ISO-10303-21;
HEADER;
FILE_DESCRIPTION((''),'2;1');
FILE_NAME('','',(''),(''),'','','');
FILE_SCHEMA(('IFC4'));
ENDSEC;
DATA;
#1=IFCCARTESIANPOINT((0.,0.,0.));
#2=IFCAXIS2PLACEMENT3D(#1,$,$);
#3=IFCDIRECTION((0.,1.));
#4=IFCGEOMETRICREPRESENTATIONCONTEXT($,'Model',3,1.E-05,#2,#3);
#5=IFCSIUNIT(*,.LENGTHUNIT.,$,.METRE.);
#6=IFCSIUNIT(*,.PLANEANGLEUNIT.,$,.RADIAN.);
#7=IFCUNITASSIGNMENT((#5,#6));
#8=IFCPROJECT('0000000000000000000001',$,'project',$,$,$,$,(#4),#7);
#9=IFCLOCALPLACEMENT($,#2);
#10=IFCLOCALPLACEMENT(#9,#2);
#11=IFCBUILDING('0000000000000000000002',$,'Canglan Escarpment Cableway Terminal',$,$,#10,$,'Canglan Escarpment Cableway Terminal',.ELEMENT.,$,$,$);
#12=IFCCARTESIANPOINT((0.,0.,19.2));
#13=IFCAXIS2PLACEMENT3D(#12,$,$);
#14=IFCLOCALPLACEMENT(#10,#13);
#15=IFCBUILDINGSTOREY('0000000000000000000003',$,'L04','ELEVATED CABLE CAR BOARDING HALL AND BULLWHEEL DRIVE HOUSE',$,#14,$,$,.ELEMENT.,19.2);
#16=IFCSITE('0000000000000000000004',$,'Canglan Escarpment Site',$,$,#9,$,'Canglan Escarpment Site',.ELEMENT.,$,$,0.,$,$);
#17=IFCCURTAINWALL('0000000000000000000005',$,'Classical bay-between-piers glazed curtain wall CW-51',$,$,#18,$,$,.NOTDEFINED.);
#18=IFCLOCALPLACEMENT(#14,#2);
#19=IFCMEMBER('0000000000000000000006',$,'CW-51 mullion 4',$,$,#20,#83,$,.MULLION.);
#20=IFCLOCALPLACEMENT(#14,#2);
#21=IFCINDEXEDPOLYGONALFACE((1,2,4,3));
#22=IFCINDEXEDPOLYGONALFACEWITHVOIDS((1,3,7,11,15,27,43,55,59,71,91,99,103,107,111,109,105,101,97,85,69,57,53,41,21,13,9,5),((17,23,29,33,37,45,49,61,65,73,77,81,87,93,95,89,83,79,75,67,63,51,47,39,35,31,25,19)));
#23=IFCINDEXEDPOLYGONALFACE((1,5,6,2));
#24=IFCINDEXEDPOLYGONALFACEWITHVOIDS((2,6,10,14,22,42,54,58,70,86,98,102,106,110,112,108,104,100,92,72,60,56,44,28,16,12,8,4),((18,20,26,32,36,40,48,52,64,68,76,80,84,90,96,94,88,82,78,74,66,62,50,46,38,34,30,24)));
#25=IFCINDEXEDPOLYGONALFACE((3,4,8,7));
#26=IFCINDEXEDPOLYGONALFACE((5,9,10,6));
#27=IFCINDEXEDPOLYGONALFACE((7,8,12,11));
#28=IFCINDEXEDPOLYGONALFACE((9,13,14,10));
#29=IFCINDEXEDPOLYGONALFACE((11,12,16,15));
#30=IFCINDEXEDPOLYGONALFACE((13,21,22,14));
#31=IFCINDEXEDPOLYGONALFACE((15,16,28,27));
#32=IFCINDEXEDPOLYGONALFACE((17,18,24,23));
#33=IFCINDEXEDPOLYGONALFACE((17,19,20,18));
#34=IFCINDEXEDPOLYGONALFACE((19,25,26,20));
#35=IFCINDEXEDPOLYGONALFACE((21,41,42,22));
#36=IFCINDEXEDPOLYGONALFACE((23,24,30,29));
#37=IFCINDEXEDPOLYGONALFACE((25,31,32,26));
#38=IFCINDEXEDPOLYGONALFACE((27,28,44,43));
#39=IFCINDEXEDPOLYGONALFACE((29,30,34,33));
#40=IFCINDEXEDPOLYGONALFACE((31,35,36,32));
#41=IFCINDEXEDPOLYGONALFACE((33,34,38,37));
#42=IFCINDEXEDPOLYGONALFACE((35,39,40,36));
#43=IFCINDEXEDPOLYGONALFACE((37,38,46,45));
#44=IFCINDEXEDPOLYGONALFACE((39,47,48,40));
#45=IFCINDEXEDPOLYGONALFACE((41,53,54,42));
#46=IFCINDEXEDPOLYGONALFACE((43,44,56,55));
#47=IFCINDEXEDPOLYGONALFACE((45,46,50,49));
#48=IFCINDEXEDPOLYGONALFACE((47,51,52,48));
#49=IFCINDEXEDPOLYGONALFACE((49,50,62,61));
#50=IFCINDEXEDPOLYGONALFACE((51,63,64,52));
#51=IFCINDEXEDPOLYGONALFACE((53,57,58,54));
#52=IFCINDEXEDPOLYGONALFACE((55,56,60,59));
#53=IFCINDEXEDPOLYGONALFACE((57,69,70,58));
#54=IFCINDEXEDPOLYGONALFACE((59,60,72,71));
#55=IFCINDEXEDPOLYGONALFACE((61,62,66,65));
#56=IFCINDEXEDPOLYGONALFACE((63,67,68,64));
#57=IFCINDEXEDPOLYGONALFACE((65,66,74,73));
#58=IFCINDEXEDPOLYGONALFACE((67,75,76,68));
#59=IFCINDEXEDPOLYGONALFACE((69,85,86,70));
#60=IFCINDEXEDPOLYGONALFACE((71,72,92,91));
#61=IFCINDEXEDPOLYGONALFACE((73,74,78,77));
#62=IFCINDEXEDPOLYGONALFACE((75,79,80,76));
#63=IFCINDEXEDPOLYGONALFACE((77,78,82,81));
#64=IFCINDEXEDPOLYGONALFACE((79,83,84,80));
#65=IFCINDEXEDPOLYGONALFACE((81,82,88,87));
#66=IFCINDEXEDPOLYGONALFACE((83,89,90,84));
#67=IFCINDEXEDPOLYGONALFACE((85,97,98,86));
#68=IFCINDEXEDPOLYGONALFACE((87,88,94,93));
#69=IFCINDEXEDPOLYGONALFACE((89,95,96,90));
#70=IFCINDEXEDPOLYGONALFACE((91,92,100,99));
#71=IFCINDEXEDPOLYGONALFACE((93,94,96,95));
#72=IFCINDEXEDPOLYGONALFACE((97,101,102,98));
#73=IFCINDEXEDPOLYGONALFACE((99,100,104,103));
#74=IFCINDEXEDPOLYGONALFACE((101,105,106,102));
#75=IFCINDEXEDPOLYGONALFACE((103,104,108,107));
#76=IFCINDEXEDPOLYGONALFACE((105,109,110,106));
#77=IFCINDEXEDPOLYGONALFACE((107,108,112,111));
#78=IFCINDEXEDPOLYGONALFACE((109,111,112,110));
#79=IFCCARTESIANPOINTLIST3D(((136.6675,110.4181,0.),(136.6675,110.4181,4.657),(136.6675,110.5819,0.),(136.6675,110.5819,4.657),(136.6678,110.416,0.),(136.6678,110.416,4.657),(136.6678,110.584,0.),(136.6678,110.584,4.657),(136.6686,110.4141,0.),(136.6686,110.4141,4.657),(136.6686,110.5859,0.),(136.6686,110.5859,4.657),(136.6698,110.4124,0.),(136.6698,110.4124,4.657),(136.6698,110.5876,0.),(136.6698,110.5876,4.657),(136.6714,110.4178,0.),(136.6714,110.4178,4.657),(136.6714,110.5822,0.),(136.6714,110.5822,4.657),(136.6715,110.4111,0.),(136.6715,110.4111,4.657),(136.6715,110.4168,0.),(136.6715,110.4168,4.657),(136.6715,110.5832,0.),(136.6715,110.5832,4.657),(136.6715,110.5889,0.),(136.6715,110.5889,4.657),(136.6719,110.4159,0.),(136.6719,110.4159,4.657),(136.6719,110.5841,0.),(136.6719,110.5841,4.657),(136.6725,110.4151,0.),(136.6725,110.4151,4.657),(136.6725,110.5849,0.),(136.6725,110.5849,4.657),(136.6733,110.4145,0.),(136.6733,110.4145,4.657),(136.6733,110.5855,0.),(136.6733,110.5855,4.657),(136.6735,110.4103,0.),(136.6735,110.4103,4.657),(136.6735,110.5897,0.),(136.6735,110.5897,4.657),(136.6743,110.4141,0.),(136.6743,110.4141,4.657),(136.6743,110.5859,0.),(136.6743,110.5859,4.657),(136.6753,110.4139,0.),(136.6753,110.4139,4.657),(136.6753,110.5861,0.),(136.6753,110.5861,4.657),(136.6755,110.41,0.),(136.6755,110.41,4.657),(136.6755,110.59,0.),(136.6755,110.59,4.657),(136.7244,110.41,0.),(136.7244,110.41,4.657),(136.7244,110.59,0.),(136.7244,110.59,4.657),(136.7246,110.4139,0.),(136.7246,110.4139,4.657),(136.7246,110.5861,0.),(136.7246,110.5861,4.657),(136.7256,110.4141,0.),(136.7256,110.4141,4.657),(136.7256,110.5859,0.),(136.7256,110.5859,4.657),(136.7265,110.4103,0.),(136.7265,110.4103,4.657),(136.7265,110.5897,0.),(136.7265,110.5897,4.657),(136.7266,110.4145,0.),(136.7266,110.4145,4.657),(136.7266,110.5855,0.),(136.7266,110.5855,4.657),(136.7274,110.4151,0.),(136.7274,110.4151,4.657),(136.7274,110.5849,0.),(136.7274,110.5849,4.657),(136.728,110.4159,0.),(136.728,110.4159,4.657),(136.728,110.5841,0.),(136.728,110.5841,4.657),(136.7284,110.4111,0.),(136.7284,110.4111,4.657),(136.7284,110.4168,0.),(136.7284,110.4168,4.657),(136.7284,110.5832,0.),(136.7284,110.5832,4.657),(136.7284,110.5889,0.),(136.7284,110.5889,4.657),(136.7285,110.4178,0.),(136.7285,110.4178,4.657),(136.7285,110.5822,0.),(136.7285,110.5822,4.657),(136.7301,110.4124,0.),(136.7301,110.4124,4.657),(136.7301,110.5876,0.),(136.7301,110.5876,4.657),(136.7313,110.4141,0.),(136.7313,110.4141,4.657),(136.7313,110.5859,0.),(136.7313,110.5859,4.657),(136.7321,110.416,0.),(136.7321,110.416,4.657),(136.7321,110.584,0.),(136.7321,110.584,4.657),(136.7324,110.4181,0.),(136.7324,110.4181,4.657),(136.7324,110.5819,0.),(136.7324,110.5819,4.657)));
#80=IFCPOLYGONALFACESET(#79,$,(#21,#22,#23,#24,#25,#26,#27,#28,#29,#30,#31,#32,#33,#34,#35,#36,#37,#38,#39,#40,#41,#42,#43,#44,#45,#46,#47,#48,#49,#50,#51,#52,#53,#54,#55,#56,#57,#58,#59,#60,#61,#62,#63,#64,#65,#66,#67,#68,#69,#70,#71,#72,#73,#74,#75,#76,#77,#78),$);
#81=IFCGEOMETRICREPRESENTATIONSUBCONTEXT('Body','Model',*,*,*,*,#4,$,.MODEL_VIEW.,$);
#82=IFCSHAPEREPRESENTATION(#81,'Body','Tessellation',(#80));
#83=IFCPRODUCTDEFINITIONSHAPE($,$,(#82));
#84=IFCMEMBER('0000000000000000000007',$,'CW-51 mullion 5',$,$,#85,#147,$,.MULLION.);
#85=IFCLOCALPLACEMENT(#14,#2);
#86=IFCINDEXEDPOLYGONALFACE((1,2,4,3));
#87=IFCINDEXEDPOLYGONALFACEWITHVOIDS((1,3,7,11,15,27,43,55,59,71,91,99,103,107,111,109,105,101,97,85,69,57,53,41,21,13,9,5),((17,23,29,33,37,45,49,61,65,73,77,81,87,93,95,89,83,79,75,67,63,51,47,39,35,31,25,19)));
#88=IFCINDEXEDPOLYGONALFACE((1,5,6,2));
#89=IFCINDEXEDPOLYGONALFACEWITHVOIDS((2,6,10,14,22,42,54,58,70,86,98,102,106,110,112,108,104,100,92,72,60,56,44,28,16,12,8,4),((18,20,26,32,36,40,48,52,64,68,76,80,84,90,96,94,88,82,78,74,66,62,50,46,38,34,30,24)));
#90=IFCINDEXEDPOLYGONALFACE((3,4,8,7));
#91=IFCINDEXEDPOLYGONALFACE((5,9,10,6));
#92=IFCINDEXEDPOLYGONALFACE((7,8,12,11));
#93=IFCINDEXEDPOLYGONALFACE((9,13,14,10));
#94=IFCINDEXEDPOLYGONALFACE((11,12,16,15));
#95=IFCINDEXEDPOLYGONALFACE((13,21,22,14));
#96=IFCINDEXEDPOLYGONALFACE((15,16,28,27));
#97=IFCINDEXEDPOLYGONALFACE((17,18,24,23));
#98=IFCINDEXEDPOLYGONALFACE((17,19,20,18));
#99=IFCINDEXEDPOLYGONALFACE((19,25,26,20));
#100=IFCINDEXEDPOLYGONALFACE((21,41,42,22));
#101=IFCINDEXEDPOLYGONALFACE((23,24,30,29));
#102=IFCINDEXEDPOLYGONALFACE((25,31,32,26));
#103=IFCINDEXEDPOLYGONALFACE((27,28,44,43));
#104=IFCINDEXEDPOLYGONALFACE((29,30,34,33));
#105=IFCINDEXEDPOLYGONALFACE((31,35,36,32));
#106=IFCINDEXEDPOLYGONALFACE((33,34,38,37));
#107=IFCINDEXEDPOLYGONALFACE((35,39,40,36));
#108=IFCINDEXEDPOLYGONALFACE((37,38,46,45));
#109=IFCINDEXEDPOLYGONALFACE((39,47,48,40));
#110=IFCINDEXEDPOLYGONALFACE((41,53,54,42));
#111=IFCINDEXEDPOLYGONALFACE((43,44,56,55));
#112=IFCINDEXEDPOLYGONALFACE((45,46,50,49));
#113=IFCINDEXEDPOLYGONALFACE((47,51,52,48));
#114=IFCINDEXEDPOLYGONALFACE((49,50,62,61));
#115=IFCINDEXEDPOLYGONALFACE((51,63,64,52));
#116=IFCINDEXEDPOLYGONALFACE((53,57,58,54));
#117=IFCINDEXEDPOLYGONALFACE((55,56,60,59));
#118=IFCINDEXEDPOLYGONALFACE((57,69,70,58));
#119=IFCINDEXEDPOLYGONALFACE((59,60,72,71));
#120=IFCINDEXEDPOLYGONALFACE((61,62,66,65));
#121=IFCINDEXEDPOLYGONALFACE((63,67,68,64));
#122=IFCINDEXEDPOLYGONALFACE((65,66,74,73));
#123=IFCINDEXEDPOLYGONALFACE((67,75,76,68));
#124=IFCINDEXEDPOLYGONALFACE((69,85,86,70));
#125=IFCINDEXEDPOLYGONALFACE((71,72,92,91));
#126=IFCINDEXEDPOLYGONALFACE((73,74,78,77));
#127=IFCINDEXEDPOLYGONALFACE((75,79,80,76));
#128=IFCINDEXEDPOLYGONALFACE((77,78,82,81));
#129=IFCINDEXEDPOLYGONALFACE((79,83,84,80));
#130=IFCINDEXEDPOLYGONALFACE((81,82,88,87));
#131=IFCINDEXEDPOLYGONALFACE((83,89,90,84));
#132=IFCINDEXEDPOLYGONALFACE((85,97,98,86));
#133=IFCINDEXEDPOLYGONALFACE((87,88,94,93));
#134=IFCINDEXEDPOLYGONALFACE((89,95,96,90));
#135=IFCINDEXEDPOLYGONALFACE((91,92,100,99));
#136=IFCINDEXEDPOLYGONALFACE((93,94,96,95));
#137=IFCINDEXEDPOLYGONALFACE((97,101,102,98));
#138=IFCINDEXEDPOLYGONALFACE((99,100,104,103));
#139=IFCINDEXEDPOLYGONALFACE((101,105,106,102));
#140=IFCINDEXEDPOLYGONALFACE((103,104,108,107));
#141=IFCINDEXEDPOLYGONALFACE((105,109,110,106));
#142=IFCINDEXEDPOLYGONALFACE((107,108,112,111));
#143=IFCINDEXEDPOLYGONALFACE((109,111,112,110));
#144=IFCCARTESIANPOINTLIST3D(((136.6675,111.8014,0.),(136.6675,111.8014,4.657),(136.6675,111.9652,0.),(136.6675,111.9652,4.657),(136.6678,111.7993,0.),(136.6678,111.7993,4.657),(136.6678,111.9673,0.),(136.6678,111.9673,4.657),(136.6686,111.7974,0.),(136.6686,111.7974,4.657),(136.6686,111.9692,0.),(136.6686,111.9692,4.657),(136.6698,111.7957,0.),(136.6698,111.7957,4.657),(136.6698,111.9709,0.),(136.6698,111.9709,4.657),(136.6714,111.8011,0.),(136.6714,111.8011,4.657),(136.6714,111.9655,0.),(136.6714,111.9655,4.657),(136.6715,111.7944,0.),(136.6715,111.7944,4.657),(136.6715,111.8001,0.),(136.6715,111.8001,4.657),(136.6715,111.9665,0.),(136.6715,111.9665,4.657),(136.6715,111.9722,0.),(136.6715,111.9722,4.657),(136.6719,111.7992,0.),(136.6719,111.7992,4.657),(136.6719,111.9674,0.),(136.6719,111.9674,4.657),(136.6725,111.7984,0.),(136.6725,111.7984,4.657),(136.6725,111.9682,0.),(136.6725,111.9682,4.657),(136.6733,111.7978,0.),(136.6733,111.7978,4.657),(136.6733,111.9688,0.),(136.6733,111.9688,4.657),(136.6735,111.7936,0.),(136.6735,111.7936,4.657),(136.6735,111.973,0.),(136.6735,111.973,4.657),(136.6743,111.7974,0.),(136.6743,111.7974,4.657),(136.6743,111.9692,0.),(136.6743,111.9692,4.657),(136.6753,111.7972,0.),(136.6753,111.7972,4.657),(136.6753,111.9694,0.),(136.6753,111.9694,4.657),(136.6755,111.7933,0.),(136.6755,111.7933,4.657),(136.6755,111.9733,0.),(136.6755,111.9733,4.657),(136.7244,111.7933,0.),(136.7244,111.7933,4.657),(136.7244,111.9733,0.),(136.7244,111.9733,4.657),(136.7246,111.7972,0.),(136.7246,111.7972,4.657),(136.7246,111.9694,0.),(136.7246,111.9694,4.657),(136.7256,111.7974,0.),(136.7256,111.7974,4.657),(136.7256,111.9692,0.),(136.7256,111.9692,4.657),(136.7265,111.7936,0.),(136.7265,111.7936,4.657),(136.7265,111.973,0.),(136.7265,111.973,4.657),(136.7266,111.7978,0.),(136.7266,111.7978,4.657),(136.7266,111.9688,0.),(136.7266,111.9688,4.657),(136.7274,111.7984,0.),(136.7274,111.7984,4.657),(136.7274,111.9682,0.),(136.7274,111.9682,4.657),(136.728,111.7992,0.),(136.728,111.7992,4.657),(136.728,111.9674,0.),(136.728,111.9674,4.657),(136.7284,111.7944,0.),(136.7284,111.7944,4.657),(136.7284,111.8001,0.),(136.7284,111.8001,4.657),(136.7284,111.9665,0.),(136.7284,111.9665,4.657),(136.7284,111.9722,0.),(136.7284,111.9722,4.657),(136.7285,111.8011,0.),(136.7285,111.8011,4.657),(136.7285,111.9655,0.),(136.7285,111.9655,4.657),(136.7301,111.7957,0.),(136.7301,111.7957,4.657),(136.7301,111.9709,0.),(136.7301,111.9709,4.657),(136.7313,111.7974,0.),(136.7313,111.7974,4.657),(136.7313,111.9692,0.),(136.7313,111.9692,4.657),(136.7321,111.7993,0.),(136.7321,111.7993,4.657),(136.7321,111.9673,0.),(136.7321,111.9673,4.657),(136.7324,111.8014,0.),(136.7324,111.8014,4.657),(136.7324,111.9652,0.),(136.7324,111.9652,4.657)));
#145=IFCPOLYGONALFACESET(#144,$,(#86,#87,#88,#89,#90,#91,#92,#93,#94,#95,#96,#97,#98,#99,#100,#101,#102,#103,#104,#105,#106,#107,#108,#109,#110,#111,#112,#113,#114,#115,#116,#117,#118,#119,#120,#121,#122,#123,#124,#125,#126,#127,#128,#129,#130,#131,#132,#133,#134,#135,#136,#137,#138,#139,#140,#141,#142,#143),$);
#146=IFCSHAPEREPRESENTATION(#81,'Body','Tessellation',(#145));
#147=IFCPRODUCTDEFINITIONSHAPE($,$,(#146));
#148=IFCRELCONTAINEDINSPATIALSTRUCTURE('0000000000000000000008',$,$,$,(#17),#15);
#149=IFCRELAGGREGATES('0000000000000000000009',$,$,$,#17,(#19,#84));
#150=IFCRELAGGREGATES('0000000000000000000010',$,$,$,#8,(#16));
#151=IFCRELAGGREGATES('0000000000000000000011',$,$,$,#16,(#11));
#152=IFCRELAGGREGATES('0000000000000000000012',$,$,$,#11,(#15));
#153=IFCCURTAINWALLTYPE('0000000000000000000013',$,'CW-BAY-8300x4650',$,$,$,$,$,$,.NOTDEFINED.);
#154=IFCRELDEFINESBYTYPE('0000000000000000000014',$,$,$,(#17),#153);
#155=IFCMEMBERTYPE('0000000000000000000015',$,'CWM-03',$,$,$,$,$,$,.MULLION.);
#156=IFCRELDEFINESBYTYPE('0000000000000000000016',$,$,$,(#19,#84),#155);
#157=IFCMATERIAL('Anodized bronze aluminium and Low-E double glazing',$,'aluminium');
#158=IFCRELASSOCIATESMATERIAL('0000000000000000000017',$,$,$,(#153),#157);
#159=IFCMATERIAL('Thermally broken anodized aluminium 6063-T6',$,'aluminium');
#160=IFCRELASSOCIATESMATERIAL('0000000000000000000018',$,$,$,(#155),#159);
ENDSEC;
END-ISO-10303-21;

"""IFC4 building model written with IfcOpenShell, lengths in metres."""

from ifc_helpers import new_model, si_unit, direction, frame, origin, origin_2d, place, context, subcontext, project, spatial, hollow_rectangle, extrude, material, material_profile, profile_set, type_object, element, aggregate, save


model = new_model("IFC4")

# Units and contexts
model_context = context("Model", 3, precision=1e-05, world=origin(), true_north=direction((0.0, 1.0)))
body_context = subcontext(model_context, "Body", "Model", "MODEL_VIEW")
ifc_project = project(units=[si_unit("LENGTHUNIT", "METRE"), si_unit("PLANEANGLEUNIT", "RADIAN")], contexts=[model_context])

# Site, building, storey
site_placement = place(None, origin())
site = spatial("IfcSite", under=ifc_project, at=site_placement, Name="Canglan Escarpment Site", LongName="Canglan Escarpment Site", CompositionType="ELEMENT", RefElevation=0.0)
building_placement = place(site_placement, origin())
building = spatial("IfcBuilding", under=site, at=building_placement, Name="Canglan Escarpment Cableway Terminal", LongName="Canglan Escarpment Cableway Terminal", CompositionType="ELEMENT")
storey_placement = place(building_placement, frame((0.0, 0.0, 19.2)))
storey = spatial("IfcBuildingStorey", under=building, at=storey_placement, Name="L04", Description="ELEVATED CABLE CAR BOARDING HALL AND BULLWHEEL DRIVE HOUSE", CompositionType="ELEMENT", Elevation=19.2)

# Curtain wall, members
ifc_material_1 = material(Name="Anodized bronze aluminium and Low-E double glazing", Category="aluminium")
curtain_wall_type = type_object("IfcCurtainWallType", Name="CW-BAY-8300x4650", PredefinedType="NOTDEFINED", material=ifc_material_1)
curtain_wall_placement = place(storey_placement, origin())
curtain_wall = element("IfcCurtainWall", 1, at=curtain_wall_placement, inside=storey, type_object=curtain_wall_type, Name="Classical bay-between-piers glazed curtain wall CW-51", PredefinedType="NOTDEFINED")
ifc_material_2 = material(Name="Thermally broken anodized aluminium 6063-T6", Category="aluminium")
ifc_material_profile_1 = material_profile(ifc_material_2, hollow_rectangle(XDim=0.0649, YDim=0.1799, WallThickness=0.0039, InnerFilletRadius=0.0039, OuterFilletRadius=0.0081, at=origin_2d()), Name="ALU-MULL 65x180x4")
ifc_profile_set_1 = profile_set([ifc_material_profile_1], Name="Thermally broken anodized aluminium 6063-T6")
member_type_1 = type_object("IfcMemberType", Name="CWM-03", PredefinedType="MULLION", material=ifc_profile_set_1)
member_1_placement = place(storey_placement, frame((136.7, 110.5, 0.0), z_axis=(0.0, 0.0, 1.0), x_axis=(-1.0, 0.0, 0.0)))
member_1 = element("IfcMember", 2, at=member_1_placement, type_object=member_type_1, Name="CW-51 mullion 4", PredefinedType="MULLION", context=body_context, shape_type="SweptSolid", body=[
    extrude(hollow_rectangle(XDim=0.0649, YDim=0.1799, WallThickness=0.0039, InnerFilletRadius=0.0039, OuterFilletRadius=0.0081, at=origin_2d()), origin(), (0.0, 0.0, 1.0), 4.657),
])
member_2_placement = place(storey_placement, frame((136.7, 111.8833, 0.0), z_axis=(0.0, 0.0, 1.0), x_axis=(-1.0, 0.0, 0.0)))
member_2 = element("IfcMember", 3, at=member_2_placement, type_object=member_type_1, Name="CW-51 mullion 5", PredefinedType="MULLION", context=body_context, shape_type="SweptSolid", body=[
    extrude(hollow_rectangle(XDim=0.0649, YDim=0.1799, WallThickness=0.0039, InnerFilletRadius=0.0039, OuterFilletRadius=0.0081, at=origin_2d()), origin(), (0.0, 0.0, 1.0), 4.657),
])
aggregate(curtain_wall, [member_1, member_2])

save(model, "model.ifc")
